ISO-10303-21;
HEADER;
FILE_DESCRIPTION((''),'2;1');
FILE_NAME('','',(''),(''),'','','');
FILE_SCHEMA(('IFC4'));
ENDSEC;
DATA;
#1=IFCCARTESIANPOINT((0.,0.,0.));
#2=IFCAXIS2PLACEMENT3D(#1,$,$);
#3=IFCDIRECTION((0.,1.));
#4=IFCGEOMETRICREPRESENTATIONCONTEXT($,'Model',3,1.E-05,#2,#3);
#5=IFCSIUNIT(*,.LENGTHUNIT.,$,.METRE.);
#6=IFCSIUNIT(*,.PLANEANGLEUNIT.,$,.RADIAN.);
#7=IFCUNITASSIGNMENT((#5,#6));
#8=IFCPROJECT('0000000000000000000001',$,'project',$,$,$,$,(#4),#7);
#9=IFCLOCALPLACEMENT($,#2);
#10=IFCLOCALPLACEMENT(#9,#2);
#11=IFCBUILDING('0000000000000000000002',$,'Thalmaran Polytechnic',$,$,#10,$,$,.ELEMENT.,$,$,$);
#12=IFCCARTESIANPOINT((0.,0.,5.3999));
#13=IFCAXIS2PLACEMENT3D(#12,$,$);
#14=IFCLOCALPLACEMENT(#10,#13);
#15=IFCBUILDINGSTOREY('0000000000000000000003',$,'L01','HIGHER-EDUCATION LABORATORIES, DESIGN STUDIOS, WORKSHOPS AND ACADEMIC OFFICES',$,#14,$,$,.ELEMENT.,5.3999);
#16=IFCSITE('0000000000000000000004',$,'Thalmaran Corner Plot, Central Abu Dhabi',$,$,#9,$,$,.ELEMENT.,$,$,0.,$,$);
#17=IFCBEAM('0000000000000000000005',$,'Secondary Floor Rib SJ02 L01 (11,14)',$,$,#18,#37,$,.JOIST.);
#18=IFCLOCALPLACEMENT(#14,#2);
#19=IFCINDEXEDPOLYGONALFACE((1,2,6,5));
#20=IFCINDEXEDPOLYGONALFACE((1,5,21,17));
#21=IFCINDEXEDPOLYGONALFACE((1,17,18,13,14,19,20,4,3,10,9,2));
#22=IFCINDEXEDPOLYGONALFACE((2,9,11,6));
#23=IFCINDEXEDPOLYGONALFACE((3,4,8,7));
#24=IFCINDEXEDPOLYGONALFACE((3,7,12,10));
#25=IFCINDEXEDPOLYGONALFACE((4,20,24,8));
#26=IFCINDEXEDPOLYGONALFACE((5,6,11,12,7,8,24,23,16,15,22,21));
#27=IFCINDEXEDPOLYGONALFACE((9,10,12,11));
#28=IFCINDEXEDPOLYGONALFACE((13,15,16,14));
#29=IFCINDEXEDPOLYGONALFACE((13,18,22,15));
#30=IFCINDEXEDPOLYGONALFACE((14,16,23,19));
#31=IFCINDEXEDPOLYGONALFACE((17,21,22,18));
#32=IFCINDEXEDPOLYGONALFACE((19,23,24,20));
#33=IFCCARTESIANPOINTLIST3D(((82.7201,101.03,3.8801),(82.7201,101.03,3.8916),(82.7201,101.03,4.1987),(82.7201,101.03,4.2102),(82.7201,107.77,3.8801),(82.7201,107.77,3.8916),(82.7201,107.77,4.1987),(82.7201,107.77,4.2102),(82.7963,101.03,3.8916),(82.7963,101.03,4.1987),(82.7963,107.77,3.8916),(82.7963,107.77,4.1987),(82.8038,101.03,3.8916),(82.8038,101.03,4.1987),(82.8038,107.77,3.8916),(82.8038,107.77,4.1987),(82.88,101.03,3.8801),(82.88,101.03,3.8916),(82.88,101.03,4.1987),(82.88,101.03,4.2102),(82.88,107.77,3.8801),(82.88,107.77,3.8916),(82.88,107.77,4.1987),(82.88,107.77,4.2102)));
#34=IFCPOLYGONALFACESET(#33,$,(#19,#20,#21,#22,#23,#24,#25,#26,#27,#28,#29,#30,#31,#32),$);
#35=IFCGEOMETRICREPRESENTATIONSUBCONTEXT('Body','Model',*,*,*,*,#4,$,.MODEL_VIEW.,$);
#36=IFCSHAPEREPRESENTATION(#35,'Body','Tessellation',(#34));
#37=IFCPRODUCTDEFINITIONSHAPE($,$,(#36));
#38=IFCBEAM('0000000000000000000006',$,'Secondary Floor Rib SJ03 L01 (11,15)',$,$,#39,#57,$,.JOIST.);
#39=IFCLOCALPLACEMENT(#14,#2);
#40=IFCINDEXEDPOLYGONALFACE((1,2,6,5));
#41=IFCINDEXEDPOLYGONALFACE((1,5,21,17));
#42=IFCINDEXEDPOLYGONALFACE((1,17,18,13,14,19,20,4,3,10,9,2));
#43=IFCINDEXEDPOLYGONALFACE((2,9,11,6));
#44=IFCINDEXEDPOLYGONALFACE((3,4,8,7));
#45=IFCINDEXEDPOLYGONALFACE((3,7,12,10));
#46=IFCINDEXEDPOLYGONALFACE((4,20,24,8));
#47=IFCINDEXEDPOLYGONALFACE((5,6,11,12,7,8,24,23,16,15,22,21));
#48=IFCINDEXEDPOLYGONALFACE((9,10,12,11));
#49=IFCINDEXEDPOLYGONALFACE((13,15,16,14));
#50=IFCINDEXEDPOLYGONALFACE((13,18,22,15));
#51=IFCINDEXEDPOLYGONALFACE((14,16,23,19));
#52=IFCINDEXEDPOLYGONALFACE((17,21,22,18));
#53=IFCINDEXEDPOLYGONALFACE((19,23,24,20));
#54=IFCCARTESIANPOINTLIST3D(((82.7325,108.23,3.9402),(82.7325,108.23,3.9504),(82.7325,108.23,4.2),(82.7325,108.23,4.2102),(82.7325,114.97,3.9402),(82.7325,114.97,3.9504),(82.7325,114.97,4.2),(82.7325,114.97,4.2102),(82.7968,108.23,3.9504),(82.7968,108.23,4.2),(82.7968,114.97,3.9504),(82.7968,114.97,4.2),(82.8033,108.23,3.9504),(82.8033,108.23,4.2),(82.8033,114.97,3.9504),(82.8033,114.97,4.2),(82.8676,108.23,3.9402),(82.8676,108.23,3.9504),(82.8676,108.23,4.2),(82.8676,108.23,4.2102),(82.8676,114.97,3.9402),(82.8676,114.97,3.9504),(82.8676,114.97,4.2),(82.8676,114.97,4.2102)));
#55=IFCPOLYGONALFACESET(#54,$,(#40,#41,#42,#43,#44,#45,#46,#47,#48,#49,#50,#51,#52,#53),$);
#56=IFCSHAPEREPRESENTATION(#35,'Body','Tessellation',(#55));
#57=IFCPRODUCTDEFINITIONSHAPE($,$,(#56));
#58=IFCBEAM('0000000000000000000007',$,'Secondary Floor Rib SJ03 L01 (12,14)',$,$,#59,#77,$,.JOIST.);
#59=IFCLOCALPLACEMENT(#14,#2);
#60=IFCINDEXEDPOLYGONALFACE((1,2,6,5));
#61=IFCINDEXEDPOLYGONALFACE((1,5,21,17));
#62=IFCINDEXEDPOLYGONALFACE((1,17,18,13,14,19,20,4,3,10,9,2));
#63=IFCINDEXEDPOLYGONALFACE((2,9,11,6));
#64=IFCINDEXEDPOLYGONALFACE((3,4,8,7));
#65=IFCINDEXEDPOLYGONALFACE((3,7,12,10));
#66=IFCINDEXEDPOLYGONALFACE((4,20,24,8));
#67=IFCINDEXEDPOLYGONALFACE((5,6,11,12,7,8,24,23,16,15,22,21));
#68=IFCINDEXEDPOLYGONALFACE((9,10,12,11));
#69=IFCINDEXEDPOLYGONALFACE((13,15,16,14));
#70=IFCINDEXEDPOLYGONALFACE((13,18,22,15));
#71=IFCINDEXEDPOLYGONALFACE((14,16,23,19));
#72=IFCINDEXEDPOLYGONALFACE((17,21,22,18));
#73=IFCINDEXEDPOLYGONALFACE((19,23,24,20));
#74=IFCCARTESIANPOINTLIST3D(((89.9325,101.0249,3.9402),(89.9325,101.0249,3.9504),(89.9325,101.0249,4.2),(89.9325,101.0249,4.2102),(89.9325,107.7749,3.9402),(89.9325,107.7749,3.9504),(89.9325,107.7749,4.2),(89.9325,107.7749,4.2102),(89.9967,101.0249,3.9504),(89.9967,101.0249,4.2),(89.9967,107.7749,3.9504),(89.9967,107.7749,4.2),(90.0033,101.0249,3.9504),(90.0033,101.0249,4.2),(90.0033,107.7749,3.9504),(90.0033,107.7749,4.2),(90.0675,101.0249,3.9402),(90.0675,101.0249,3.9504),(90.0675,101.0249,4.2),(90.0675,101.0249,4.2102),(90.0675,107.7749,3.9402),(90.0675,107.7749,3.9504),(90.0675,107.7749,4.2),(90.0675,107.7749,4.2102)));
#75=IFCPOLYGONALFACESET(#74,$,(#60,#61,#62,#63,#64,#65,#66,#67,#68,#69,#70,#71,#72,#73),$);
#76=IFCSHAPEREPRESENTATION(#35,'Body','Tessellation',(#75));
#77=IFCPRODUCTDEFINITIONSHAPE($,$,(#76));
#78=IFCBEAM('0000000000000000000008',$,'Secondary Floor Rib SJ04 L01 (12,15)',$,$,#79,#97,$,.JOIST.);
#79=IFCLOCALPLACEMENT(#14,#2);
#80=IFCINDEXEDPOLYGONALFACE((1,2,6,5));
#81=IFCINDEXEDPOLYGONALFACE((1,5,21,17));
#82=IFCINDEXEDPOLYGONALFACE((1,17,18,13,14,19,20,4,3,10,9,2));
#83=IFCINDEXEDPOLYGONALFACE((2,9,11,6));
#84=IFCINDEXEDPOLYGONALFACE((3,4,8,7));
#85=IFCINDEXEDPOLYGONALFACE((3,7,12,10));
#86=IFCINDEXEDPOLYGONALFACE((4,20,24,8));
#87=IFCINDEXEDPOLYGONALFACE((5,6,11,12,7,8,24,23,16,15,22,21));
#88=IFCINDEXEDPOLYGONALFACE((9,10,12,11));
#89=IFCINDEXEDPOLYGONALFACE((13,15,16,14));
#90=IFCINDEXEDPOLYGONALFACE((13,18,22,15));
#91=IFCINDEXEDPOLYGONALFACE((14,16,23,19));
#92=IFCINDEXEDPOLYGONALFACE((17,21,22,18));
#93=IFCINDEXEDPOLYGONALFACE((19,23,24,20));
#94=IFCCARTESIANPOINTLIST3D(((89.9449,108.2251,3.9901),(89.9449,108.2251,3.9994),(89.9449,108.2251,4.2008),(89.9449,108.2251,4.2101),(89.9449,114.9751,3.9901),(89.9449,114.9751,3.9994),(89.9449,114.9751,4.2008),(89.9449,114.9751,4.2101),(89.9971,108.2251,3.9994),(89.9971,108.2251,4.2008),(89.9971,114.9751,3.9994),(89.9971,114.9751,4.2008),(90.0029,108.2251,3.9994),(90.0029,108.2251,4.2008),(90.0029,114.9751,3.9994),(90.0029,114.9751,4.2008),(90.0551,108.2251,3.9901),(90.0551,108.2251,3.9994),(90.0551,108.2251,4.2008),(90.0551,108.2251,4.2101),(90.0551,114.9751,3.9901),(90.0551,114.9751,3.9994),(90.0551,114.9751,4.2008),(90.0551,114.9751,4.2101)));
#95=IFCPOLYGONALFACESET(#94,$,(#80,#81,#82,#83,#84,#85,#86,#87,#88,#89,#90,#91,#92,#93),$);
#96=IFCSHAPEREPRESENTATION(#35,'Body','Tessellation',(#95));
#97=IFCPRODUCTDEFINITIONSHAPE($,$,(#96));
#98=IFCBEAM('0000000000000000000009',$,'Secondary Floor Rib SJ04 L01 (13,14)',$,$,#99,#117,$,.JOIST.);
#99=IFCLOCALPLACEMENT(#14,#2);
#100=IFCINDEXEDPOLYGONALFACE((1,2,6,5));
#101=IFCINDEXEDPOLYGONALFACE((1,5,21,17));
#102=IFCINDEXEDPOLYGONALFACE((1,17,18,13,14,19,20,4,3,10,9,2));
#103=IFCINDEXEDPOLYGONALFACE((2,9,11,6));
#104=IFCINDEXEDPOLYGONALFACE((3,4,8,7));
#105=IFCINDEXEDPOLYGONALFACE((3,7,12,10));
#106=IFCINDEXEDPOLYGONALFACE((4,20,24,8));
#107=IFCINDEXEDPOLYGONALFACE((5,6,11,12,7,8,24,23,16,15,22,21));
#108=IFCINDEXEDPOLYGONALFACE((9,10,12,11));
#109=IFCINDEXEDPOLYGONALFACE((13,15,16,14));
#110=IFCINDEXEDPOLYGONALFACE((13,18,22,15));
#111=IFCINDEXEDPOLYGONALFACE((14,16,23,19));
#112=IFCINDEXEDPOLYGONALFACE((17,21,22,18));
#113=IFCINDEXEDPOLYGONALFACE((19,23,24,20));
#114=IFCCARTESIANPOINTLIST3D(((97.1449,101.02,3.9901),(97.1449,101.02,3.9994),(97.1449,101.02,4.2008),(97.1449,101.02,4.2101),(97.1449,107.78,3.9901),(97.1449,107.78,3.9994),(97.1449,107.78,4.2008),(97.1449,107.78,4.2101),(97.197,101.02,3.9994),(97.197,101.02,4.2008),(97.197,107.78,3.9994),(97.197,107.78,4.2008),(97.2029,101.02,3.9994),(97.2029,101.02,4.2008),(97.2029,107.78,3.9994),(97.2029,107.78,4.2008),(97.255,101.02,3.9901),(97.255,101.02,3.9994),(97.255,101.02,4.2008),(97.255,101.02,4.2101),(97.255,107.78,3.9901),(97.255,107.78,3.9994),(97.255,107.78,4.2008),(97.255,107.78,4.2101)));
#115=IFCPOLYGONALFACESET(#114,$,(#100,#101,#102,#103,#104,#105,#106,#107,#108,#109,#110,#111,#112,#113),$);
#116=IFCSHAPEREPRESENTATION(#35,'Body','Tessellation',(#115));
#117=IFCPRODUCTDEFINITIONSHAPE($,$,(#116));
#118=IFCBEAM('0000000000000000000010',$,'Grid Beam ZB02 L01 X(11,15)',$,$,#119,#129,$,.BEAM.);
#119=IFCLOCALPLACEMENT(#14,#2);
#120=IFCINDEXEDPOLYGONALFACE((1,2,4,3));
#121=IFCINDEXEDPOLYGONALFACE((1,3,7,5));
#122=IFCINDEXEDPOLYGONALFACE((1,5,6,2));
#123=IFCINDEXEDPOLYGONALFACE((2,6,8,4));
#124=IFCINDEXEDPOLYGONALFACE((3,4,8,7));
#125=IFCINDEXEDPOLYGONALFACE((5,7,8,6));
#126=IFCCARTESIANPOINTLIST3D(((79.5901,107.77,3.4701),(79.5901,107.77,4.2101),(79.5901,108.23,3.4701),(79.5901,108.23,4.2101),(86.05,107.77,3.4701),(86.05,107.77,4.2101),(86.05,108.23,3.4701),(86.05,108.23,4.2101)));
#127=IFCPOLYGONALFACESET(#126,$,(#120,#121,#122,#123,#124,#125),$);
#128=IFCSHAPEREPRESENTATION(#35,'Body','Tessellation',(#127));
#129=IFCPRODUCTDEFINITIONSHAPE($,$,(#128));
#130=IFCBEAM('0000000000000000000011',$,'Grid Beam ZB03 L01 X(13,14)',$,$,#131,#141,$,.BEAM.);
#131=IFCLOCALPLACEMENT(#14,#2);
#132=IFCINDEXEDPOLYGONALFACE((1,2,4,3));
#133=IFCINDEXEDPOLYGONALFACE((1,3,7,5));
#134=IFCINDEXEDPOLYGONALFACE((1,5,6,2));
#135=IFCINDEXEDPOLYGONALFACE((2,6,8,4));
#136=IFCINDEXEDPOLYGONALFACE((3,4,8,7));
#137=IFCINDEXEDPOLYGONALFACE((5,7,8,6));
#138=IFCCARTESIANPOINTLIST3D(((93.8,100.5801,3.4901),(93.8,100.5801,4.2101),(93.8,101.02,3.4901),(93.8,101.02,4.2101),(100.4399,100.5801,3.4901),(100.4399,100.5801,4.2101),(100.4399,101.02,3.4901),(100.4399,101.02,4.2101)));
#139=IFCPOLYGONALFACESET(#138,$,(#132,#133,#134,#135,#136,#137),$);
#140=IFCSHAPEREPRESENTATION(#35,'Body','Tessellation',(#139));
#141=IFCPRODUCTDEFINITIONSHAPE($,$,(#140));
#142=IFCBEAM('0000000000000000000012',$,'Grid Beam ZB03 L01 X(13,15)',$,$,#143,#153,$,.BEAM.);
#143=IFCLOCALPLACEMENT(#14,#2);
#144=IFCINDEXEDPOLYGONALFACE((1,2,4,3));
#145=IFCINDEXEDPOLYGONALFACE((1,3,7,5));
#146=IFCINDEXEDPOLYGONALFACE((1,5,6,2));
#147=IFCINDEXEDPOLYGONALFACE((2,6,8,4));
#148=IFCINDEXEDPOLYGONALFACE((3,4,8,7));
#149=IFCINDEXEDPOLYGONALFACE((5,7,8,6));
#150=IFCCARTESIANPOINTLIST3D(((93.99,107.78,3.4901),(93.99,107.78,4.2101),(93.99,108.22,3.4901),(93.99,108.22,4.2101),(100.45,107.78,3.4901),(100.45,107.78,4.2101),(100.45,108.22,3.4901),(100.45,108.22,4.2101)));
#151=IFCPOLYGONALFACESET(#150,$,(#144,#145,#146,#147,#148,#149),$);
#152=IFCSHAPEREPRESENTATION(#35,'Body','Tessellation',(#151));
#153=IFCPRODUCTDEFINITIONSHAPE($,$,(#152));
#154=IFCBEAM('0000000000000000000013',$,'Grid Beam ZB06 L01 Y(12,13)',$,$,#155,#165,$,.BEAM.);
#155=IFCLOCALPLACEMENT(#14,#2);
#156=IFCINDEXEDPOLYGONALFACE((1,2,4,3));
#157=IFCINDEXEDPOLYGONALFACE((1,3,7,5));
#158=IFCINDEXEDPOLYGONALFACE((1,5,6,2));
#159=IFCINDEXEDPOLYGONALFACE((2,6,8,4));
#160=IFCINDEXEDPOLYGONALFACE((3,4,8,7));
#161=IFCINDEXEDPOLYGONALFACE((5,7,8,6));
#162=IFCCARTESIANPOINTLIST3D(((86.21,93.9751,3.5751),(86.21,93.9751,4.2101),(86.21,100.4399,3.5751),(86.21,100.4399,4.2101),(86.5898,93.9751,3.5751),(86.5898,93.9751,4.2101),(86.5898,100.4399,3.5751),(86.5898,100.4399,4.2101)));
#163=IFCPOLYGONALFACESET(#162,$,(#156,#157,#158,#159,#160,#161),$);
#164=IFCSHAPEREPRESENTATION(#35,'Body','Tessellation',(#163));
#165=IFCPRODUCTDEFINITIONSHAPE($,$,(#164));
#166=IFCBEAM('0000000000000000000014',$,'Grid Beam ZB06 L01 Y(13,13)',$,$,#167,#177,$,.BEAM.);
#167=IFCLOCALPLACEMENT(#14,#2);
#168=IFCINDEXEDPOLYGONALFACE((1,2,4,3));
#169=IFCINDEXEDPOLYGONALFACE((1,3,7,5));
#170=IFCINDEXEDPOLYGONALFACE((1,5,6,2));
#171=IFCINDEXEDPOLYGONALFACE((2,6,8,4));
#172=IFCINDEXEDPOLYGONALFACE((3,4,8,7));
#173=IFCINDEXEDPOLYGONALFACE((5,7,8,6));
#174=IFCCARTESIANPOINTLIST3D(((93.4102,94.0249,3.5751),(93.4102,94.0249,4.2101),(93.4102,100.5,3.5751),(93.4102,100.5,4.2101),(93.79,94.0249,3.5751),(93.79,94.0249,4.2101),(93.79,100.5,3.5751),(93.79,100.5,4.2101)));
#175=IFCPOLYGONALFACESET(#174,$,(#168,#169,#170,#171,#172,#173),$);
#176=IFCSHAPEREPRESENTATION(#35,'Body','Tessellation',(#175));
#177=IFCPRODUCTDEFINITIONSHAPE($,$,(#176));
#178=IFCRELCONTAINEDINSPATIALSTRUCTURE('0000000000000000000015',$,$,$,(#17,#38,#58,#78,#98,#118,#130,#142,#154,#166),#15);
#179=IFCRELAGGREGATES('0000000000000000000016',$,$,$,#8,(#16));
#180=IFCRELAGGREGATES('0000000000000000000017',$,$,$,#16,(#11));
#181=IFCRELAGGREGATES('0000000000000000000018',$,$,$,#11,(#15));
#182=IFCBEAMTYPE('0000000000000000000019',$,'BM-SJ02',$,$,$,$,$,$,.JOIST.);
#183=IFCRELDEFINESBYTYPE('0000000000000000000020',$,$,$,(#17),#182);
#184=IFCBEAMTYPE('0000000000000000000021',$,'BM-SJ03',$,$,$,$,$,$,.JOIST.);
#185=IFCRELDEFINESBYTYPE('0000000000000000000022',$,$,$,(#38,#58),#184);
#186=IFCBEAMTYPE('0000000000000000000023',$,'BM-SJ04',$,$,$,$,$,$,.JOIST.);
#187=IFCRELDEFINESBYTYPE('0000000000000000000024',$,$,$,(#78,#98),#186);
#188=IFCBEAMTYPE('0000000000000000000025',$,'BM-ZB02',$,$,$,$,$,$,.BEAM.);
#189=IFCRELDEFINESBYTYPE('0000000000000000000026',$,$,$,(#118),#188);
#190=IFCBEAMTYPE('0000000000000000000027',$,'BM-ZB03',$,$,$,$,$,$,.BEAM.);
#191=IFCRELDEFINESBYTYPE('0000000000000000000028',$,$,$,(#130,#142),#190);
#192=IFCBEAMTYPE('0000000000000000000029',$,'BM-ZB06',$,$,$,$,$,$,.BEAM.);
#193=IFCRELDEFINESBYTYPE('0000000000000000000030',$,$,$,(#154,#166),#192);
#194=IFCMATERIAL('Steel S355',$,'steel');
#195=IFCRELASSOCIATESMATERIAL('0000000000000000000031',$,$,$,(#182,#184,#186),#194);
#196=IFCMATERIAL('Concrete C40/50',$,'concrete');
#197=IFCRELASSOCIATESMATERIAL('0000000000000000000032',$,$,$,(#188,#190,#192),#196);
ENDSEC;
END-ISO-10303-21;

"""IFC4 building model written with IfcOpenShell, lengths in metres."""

from ifc_helpers import new_model, si_unit, direction, frame, origin, origin_2d, place, context, subcontext, project, spatial, rectangle, i_section, extrude, material, material_profile, profile_set, type_object, element, save


model = new_model("IFC4")

# Units and contexts
model_context = context("Model", 3, precision=1e-05, world=origin(), true_north=direction((0.0, 1.0)))
body_context = subcontext(model_context, "Body", "Model", "MODEL_VIEW")
ifc_project = project(units=[si_unit("LENGTHUNIT", "METRE"), si_unit("PLANEANGLEUNIT", "RADIAN")], contexts=[model_context])

# Site, building, storey
site_placement = place(None, origin())
site = spatial("IfcSite", under=ifc_project, at=site_placement, Name="Thalmaran Corner Plot, Central Abu Dhabi", CompositionType="ELEMENT", RefElevation=0.0)
building_placement = place(site_placement, origin())
building = spatial("IfcBuilding", under=site, at=building_placement, Name="Thalmaran Polytechnic", CompositionType="ELEMENT")
storey_placement = place(building_placement, frame((0.0, 0.0, 5.3999)))
storey = spatial("IfcBuildingStorey", under=building, at=storey_placement, Name="L01", Description="HIGHER-EDUCATION LABORATORIES, DESIGN STUDIOS, WORKSHOPS AND ACADEMIC OFFICES", CompositionType="ELEMENT", Elevation=5.3999)

# Shared definitions
ifc_material_1 = material(Name="Concrete C40/50", Category="concrete")

# Beams
ifc_material_2 = material(Name="Steel S355", Category="steel")
ifc_material_profile_1 = material_profile(ifc_material_2, i_section(OverallWidth=0.1599, OverallDepth=0.3301, WebThickness=0.0076, FlangeThickness=0.0115, at=origin_2d()), Name="IPE 330")
ifc_profile_set_1 = profile_set([ifc_material_profile_1], Name="Steel S355")
beam_type_1 = type_object("IfcBeamType", Name="BM-SJ02", PredefinedType="JOIST", material=ifc_profile_set_1)
beam_1_placement = place(storey_placement, frame((82.8, 101.03, 4.0452), z_axis=(0.0, 1.0, 0.0), x_axis=(-1.0, 0.0, 0.0)))
element("IfcBeam", 1, at=beam_1_placement, inside=storey, type_object=beam_type_1, Name="Secondary Floor Rib SJ02 L01 (11,14)", PredefinedType="JOIST", context=body_context, shape_type="SweptSolid", body=[
    extrude(i_section(OverallWidth=0.1599, OverallDepth=0.3301, WebThickness=0.0076, FlangeThickness=0.0115, at=origin_2d()), origin(), (0.0, 0.0, 1.0), 6.74),
])
ifc_material_profile_2 = material_profile(ifc_material_2, i_section(OverallWidth=0.135, OverallDepth=0.27, WebThickness=0.0066, FlangeThickness=0.0103, at=origin_2d()), Name="IPE 270")
ifc_profile_set_2 = profile_set([ifc_material_profile_2], Name="Steel S355")
beam_type_2 = type_object("IfcBeamType", Name="BM-SJ03", PredefinedType="JOIST", material=ifc_profile_set_2)
beam_2_placement = place(storey_placement, frame((82.8, 108.23, 4.0752), z_axis=(0.0, 1.0, 0.0), x_axis=(-1.0, 0.0, 0.0)))
element("IfcBeam", 2, at=beam_2_placement, inside=storey, type_object=beam_type_2, Name="Secondary Floor Rib SJ03 L01 (11,15)", PredefinedType="JOIST", context=body_context, shape_type="SweptSolid", body=[
    extrude(i_section(OverallWidth=0.135, OverallDepth=0.27, WebThickness=0.0066, FlangeThickness=0.0103, at=origin_2d()), origin(), (0.0, 0.0, 1.0), 6.74),
])
beam_3_placement = place(storey_placement, frame((90.0, 101.0249, 4.0752), z_axis=(0.0, 1.0, 0.0), x_axis=(-1.0, 0.0, 0.0)))
element("IfcBeam", 3, at=beam_3_placement, inside=storey, type_object=beam_type_2, Name="Secondary Floor Rib SJ03 L01 (12,14)", PredefinedType="JOIST", context=body_context, shape_type="SweptSolid", body=[
    extrude(i_section(OverallWidth=0.135, OverallDepth=0.27, WebThickness=0.0066, FlangeThickness=0.0103, at=origin_2d()), origin(), (0.0, 0.0, 1.0), 6.75),
])
ifc_material_profile_3 = material_profile(ifc_material_2, i_section(OverallWidth=0.1101, OverallDepth=0.22, WebThickness=0.0059, FlangeThickness=0.0093, at=origin_2d()), Name="IPE 220")
ifc_profile_set_3 = profile_set([ifc_material_profile_3], Name="Steel S355")
beam_type_3 = type_object("IfcBeamType", Name="BM-SJ04", PredefinedType="JOIST", material=ifc_profile_set_3)
beam_4_placement = place(storey_placement, frame((90.0, 108.2251, 4.1001), z_axis=(0.0, 1.0, 0.0), x_axis=(-1.0, 0.0, 0.0)))
element("IfcBeam", 4, at=beam_4_placement, inside=storey, type_object=beam_type_3, Name="Secondary Floor Rib SJ04 L01 (12,15)", PredefinedType="JOIST", context=body_context, shape_type="SweptSolid", body=[
    extrude(i_section(OverallWidth=0.1101, OverallDepth=0.22, WebThickness=0.0059, FlangeThickness=0.0093, at=origin_2d()), origin(), (0.0, 0.0, 1.0), 6.75),
])
beam_5_placement = place(storey_placement, frame((97.2, 101.02, 4.1001), z_axis=(0.0, 1.0, 0.0), x_axis=(-1.0, 0.0, 0.0)))
element("IfcBeam", 5, at=beam_5_placement, inside=storey, type_object=beam_type_3, Name="Secondary Floor Rib SJ04 L01 (13,14)", PredefinedType="JOIST", context=body_context, shape_type="SweptSolid", body=[
    extrude(i_section(OverallWidth=0.1101, OverallDepth=0.22, WebThickness=0.0059, FlangeThickness=0.0093, at=origin_2d()), origin(), (0.0, 0.0, 1.0), 6.76),
])
ifc_material_profile_4 = material_profile(ifc_material_1, rectangle(XDim=0.46, YDim=0.74, at=origin_2d()), Name="RC 460x740")
ifc_profile_set_4 = profile_set([ifc_material_profile_4], Name="Concrete C40/50")
beam_type_4 = type_object("IfcBeamType", Name="BM-ZB02", PredefinedType="BEAM", material=ifc_profile_set_4)
beam_6_placement = place(storey_placement, frame((79.5901, 108.0, 3.8401), z_axis=(1.0, 0.0, 0.0), x_axis=(0.0, 1.0, 0.0)))
element("IfcBeam", 6, at=beam_6_placement, inside=storey, type_object=beam_type_4, Name="Grid Beam ZB02 L01 X(11,15)", PredefinedType="BEAM", context=body_context, shape_type="SweptSolid", body=[
    extrude(rectangle(XDim=0.46, YDim=0.74, at=origin_2d()), origin(), (0.0, 0.0, 1.0), 6.46),
])
ifc_material_profile_5 = material_profile(ifc_material_1, rectangle(XDim=0.4399, YDim=0.72, at=origin_2d()), Name="RC 440x720")
ifc_profile_set_5 = profile_set([ifc_material_profile_5], Name="Concrete C40/50")
beam_type_5 = type_object("IfcBeamType", Name="BM-ZB03", PredefinedType="BEAM", material=ifc_profile_set_5)
beam_7_placement = place(storey_placement, frame((93.8, 100.8, 3.8501), z_axis=(1.0, 0.0, 0.0), x_axis=(0.0, 1.0, 0.0)))
element("IfcBeam", 7, at=beam_7_placement, inside=storey, type_object=beam_type_5, Name="Grid Beam ZB03 L01 X(13,14)", PredefinedType="BEAM", context=body_context, shape_type="SweptSolid", body=[
    extrude(rectangle(XDim=0.4399, YDim=0.72, at=origin_2d()), origin(), (0.0, 0.0, 1.0), 6.6399),
])
beam_8_placement = place(storey_placement, frame((93.99, 108.0, 3.8501), z_axis=(1.0, 0.0, 0.0), x_axis=(0.0, 1.0, 0.0)))
element("IfcBeam", 8, at=beam_8_placement, inside=storey, type_object=beam_type_5, Name="Grid Beam ZB03 L01 X(13,15)", PredefinedType="BEAM", context=body_context, shape_type="SweptSolid", body=[
    extrude(rectangle(XDim=0.4399, YDim=0.72, at=origin_2d()), origin(), (0.0, 0.0, 1.0), 6.46),
])
ifc_material_profile_6 = material_profile(ifc_material_1, rectangle(XDim=0.3799, YDim=0.635, at=origin_2d()), Name="RC 380x635")
ifc_profile_set_6 = profile_set([ifc_material_profile_6], Name="Concrete C40/50")
beam_type_6 = type_object("IfcBeamType", Name="BM-ZB06", PredefinedType="BEAM", material=ifc_profile_set_6)
beam_9_placement = place(storey_placement, frame((86.3999, 93.9751, 3.8926), z_axis=(0.0, 1.0, 0.0), x_axis=(-1.0, 0.0, 0.0)))
element("IfcBeam", 9, at=beam_9_placement, inside=storey, type_object=beam_type_6, Name="Grid Beam ZB06 L01 Y(12,13)", PredefinedType="BEAM", context=body_context, shape_type="SweptSolid", body=[
    extrude(rectangle(XDim=0.3799, YDim=0.635, at=origin_2d()), origin(), (0.0, 0.0, 1.0), 6.4648),
])
beam_10_placement = place(storey_placement, frame((93.6001, 94.0249, 3.8926), z_axis=(0.0, 1.0, 0.0), x_axis=(-1.0, 0.0, 0.0)))
element("IfcBeam", 10, at=beam_10_placement, inside=storey, type_object=beam_type_6, Name="Grid Beam ZB06 L01 Y(13,13)", PredefinedType="BEAM", context=body_context, shape_type="SweptSolid", body=[
    extrude(rectangle(XDim=0.3799, YDim=0.635, at=origin_2d()), origin(), (0.0, 0.0, 1.0), 6.4751),
])

save(model, "model.ifc")
